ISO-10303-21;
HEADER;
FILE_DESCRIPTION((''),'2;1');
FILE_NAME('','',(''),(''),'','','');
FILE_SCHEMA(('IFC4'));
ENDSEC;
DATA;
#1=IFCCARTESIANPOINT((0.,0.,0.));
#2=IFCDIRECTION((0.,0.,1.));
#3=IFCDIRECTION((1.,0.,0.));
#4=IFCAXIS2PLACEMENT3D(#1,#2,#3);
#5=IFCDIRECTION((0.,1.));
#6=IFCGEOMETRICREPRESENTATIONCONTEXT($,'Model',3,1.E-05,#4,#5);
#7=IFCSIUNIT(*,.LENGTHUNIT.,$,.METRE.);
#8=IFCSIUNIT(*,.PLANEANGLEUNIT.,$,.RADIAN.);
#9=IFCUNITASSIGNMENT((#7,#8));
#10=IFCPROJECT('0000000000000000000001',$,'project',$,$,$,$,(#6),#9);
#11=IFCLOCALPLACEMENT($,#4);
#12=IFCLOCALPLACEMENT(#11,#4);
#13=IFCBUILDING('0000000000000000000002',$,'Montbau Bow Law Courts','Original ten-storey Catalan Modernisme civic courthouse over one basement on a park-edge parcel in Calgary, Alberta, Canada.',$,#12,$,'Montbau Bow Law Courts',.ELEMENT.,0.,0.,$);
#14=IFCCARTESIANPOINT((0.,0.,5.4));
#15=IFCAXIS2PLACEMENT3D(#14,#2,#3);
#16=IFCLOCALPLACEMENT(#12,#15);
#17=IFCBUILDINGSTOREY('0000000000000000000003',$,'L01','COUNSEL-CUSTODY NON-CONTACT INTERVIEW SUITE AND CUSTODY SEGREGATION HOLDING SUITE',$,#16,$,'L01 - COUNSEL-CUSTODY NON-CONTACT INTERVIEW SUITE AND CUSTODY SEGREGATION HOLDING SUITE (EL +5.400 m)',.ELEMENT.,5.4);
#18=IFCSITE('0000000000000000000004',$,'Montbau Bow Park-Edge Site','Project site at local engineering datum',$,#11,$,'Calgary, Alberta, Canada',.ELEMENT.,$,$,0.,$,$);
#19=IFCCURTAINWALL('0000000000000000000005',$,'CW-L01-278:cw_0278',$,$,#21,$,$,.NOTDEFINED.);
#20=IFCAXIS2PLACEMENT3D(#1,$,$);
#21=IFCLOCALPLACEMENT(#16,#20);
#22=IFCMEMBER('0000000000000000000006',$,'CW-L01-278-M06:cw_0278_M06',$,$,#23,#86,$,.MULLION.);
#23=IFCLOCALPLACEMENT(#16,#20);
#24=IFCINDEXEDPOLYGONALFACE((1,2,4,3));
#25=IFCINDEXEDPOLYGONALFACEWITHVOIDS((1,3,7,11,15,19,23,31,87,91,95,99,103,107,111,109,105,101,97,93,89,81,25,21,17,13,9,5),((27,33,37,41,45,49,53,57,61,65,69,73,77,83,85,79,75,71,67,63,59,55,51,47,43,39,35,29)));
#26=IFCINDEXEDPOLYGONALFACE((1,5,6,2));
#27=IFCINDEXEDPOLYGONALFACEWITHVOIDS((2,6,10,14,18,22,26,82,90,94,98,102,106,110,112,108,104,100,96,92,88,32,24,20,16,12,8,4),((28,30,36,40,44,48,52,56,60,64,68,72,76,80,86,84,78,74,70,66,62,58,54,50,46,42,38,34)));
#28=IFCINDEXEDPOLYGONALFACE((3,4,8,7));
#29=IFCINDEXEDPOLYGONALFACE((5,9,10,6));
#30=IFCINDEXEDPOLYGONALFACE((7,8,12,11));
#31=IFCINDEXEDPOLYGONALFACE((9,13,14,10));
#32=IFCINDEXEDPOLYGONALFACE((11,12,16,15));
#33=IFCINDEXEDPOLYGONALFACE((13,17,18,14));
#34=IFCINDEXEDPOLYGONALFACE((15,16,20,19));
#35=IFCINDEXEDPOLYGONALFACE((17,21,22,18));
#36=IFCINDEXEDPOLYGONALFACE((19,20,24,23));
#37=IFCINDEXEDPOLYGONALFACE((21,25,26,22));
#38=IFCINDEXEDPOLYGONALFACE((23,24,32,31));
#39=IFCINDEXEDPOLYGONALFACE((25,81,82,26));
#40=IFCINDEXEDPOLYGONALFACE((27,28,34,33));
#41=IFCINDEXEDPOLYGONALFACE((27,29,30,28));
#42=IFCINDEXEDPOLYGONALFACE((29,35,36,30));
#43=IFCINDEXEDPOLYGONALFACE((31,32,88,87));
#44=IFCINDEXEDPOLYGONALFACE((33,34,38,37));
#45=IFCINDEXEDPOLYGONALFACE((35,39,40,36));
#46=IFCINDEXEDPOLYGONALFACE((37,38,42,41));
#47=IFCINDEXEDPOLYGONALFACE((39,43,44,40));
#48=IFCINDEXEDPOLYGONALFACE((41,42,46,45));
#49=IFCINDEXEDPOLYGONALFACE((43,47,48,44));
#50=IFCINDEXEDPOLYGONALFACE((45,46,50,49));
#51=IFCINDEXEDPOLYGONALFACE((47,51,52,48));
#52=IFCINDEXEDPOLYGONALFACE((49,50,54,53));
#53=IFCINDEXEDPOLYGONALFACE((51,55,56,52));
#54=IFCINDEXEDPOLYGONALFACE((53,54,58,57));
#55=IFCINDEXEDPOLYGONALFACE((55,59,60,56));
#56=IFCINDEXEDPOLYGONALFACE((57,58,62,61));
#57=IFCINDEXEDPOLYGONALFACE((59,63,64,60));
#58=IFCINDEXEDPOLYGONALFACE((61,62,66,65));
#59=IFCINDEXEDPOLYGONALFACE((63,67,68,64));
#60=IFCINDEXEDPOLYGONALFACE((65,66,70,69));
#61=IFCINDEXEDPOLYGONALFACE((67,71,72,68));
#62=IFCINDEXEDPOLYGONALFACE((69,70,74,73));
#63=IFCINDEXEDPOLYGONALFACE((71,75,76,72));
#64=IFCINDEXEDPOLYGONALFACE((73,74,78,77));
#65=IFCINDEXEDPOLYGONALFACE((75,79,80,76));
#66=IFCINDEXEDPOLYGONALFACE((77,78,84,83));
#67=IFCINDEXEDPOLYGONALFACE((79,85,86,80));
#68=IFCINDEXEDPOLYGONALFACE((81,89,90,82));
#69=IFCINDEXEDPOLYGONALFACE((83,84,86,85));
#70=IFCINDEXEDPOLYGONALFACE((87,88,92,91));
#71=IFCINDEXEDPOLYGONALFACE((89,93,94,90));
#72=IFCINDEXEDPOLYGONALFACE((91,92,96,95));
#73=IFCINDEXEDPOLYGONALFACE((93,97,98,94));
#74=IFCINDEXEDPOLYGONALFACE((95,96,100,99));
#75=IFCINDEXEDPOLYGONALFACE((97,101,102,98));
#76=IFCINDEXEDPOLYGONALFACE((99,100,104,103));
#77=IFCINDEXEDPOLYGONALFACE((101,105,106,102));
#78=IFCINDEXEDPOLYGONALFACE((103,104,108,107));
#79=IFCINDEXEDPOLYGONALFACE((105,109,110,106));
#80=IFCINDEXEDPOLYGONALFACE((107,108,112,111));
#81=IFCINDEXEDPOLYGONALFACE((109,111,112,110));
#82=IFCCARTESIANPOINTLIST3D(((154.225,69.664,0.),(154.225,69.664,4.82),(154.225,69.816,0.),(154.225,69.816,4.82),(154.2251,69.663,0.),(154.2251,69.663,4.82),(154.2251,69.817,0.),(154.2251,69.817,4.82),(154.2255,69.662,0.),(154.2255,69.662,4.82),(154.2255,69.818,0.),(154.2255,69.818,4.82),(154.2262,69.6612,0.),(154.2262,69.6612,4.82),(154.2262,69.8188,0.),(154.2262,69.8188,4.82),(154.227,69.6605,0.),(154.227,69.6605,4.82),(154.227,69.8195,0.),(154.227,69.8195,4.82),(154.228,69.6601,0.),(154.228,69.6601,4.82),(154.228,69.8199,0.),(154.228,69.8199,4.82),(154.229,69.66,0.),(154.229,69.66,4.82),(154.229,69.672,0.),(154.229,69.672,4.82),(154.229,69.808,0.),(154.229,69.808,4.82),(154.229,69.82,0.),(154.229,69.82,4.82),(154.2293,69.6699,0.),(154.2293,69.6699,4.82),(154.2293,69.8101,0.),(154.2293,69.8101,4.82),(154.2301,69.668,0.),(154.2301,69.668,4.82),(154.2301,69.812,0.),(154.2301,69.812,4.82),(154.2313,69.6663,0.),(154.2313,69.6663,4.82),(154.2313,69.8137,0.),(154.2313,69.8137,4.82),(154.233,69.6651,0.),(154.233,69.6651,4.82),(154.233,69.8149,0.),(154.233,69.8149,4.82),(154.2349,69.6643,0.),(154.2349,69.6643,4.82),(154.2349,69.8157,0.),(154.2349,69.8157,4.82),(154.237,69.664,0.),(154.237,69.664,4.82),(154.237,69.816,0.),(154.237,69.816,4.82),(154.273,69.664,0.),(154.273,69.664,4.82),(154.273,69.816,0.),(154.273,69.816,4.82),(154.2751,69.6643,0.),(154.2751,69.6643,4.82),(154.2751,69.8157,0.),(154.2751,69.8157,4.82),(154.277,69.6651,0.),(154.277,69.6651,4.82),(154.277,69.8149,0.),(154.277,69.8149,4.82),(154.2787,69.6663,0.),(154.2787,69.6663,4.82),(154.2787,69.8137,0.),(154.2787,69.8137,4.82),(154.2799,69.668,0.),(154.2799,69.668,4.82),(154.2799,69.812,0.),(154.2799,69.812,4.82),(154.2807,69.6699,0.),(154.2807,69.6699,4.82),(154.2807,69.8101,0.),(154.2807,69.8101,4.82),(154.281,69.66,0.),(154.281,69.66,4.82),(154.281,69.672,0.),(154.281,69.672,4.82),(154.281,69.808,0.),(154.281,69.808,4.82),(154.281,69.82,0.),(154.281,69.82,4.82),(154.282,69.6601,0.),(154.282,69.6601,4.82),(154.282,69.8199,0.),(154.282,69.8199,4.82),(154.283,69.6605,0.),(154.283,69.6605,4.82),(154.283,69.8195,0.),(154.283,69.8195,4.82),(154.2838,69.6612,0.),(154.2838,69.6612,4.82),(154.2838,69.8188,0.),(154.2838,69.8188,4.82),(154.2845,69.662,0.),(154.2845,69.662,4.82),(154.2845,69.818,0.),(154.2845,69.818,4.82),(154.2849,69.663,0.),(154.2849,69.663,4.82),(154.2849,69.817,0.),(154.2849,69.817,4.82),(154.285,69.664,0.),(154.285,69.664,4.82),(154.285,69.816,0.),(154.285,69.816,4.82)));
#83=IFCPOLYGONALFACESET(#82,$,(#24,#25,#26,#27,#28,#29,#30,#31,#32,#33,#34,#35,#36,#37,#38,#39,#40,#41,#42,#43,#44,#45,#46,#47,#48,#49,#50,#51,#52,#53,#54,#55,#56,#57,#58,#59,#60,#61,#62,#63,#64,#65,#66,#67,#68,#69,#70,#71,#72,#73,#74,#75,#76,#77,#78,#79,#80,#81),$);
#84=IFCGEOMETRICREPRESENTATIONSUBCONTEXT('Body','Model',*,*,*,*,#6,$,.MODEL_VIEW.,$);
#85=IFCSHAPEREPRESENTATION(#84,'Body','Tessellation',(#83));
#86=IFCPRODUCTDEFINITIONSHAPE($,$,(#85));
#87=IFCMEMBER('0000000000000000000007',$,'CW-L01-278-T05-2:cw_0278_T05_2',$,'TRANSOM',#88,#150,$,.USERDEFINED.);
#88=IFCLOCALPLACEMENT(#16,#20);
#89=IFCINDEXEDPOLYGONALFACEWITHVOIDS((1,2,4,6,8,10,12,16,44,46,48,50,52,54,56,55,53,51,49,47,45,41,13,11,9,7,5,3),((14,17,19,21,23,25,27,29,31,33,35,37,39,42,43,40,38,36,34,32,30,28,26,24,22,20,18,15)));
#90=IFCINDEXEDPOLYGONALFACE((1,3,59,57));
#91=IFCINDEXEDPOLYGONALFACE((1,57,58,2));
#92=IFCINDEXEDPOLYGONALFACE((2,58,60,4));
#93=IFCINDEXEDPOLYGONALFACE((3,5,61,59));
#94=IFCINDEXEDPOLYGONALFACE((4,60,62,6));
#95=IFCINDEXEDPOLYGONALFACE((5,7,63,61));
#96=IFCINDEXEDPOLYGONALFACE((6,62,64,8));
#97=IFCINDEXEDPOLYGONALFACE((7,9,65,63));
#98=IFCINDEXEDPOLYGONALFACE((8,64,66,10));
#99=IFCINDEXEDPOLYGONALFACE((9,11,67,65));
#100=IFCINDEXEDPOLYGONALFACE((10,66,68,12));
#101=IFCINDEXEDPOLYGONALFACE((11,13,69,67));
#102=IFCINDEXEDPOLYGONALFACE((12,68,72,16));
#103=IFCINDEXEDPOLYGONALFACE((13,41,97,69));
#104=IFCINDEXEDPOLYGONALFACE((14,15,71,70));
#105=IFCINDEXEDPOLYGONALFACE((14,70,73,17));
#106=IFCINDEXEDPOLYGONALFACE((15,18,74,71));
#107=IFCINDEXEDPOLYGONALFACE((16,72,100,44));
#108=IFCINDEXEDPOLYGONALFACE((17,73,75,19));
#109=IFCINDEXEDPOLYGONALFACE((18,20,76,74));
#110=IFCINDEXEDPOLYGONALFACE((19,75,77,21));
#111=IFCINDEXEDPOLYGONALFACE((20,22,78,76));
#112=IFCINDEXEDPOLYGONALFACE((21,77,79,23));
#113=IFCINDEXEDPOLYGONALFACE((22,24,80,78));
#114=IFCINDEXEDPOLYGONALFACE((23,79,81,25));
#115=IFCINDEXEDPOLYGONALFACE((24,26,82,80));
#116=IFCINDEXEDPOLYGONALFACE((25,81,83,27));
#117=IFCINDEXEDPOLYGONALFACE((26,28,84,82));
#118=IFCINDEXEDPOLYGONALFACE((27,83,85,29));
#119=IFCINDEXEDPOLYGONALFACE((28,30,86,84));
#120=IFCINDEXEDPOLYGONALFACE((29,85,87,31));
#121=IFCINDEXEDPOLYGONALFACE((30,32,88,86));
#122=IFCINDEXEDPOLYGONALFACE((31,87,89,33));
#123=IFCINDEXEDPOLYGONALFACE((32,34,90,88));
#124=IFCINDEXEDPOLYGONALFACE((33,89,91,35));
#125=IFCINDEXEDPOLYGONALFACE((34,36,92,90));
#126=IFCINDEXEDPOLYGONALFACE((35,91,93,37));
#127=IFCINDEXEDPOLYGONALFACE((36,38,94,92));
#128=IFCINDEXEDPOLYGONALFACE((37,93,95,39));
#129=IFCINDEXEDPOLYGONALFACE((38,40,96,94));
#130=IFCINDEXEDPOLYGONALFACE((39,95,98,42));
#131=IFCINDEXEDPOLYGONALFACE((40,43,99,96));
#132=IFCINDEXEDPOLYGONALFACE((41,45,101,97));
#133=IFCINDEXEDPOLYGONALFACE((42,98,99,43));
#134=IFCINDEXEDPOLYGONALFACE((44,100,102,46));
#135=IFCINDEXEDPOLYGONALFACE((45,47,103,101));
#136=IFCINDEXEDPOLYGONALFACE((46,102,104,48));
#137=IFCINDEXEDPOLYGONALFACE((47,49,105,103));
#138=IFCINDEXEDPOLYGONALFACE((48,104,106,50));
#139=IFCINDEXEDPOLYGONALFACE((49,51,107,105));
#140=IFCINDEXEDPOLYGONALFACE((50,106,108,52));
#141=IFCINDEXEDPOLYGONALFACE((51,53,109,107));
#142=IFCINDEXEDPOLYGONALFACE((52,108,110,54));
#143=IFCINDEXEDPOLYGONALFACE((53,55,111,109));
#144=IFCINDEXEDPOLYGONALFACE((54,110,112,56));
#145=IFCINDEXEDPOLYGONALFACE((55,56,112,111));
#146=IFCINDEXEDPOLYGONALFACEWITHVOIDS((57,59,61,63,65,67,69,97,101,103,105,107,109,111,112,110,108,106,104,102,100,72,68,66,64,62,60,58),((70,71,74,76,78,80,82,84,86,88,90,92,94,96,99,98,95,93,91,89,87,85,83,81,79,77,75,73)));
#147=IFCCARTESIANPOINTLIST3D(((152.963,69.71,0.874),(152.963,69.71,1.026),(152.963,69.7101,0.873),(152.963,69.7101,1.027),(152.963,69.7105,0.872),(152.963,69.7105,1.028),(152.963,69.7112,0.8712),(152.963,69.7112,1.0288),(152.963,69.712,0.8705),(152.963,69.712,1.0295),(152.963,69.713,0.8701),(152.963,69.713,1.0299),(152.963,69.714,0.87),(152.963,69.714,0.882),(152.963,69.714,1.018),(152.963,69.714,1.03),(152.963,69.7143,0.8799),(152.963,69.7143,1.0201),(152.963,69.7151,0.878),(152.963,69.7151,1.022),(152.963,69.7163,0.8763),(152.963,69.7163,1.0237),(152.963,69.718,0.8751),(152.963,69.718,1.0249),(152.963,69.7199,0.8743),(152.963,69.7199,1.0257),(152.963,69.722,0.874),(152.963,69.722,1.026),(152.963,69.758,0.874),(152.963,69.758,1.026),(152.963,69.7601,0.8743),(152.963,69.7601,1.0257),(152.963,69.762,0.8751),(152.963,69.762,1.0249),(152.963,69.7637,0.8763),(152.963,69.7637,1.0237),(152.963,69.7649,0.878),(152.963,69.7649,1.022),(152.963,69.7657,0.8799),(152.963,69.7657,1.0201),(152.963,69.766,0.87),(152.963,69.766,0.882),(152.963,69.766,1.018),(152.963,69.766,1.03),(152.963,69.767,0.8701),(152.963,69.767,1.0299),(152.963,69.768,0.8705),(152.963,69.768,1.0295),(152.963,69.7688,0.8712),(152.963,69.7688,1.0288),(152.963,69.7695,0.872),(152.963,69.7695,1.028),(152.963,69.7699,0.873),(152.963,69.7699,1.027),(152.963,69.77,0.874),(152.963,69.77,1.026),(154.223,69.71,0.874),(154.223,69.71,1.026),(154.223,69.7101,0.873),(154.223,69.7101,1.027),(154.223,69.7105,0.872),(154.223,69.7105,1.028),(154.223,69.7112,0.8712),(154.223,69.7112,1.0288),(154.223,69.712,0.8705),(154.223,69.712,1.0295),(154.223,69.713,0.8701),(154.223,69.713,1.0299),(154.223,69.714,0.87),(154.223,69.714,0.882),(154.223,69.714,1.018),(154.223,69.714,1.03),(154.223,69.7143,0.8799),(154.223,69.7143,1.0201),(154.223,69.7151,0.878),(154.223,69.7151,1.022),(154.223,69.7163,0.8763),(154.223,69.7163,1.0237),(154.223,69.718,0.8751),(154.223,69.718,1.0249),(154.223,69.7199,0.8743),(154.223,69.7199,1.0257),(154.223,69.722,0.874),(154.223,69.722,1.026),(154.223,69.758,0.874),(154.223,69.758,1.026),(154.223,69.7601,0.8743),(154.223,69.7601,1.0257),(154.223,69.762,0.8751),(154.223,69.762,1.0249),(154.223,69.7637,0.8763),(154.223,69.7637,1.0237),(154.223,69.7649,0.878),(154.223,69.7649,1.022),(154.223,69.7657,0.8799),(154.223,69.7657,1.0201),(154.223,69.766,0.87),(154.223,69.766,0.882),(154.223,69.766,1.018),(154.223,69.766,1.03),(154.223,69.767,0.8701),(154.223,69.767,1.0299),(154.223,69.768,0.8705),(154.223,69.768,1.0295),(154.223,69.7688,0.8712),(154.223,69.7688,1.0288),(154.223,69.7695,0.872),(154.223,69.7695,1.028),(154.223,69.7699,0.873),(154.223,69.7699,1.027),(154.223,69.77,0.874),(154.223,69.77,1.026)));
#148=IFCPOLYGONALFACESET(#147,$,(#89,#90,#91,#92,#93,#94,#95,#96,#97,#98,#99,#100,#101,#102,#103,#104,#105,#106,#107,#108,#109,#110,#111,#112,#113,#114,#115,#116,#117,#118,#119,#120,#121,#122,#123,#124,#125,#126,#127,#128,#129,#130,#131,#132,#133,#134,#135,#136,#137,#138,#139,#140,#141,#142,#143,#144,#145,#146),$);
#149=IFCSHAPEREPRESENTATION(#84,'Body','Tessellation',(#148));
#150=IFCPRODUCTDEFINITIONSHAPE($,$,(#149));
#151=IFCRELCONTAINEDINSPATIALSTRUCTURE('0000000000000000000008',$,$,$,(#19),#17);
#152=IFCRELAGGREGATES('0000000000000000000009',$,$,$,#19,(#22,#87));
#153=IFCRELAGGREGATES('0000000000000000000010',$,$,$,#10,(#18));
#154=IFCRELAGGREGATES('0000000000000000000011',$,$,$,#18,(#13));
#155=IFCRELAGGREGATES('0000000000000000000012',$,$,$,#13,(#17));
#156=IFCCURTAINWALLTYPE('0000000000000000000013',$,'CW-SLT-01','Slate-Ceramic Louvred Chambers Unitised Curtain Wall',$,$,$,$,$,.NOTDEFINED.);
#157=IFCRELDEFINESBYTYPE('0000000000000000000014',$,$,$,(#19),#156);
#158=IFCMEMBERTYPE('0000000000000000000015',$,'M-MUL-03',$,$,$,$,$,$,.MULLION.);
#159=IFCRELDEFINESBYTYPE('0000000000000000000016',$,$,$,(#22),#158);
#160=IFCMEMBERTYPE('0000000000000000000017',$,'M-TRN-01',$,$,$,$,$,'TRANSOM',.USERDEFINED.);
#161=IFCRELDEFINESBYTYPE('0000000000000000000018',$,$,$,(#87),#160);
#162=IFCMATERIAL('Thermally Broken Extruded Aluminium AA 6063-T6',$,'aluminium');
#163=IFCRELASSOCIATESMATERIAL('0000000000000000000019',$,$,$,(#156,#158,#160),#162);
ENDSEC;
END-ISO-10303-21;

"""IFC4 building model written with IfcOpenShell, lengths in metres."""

from ifc_helpers import new_model, si_unit, direction, frame, origin_with_axes, origin_2d_with_axis, place, context, subcontext, project, spatial, hollow_rectangle, extrude, material, material_profile, profile_set, type_object, element, aggregate, save


model = new_model("IFC4")

# Units and contexts
model_context = context("Model", 3, precision=1e-05, world=origin_with_axes(), true_north=direction((0.0, 1.0)))
body_context = subcontext(model_context, "Body", "Model", "MODEL_VIEW")
ifc_project = project(units=[si_unit("LENGTHUNIT", "METRE"), si_unit("PLANEANGLEUNIT", "RADIAN")], contexts=[model_context])

# Site, building, storey
site_placement = place(None, origin_with_axes())
site = spatial("IfcSite", under=ifc_project, at=site_placement, Name="Montbau Bow Park-Edge Site", Description="Project site at local engineering datum", LongName="Calgary, Alberta, Canada", CompositionType="ELEMENT", RefElevation=0.0)
building_placement = place(site_placement, origin_with_axes())
building = spatial("IfcBuilding", under=site, at=building_placement, Name="Montbau Bow Law Courts", Description="Original ten-storey Catalan Modernisme civic courthouse over one basement on a park-edge parcel in Calgary, Alberta, Canada.", LongName="Montbau Bow Law Courts", CompositionType="ELEMENT", ElevationOfRefHeight=0.0, ElevationOfTerrain=0.0)
storey_placement = place(building_placement, frame((0.0, 0.0, 5.4), z_axis=(0.0, 0.0, 1.0), x_axis=(1.0, 0.0, 0.0)))
storey = spatial("IfcBuildingStorey", under=building, at=storey_placement, Name="L01", Description="COUNSEL-CUSTODY NON-CONTACT INTERVIEW SUITE AND CUSTODY SEGREGATION HOLDING SUITE", LongName="L01 - COUNSEL-CUSTODY NON-CONTACT INTERVIEW SUITE AND CUSTODY SEGREGATION HOLDING SUITE (EL +5.400 m)", CompositionType="ELEMENT", Elevation=5.4)

# Curtain wall, members
ifc_material_1 = material(Name="Thermally Broken Extruded Aluminium AA 6063-T6", Category="aluminium")
curtain_wall_type = type_object("IfcCurtainWallType", Name="CW-SLT-01", Description="Slate-Ceramic Louvred Chambers Unitised Curtain Wall", PredefinedType="NOTDEFINED", material=ifc_material_1)
curtain_wall_1_placement = place(None, frame((147.515, 69.74, 5.4), z_axis=(0.0, 0.0, 1.0), x_axis=(1.0, 0.0, 0.0)))
curtain_wall_1 = element("IfcCurtainWall", 1, at=curtain_wall_1_placement, inside=storey, type_object=curtain_wall_type, Name="CW-L01-278:cw_0278", PredefinedType="NOTDEFINED")
ifc_material_profile_1 = material_profile(ifc_material_1, hollow_rectangle(XDim=0.06, YDim=0.16, WallThickness=0.004, InnerFilletRadius=0.008, OuterFilletRadius=0.004, at=origin_2d_with_axis()), Name="CWM-160X60", Category="Main", Priority=0)
ifc_profile_set_1 = profile_set([ifc_material_profile_1], Name="Thermally Broken Extruded Aluminium AA 6063-T6")
member_type_1 = type_object("IfcMemberType", Name="M-MUL-03", PredefinedType="MULLION", material=ifc_profile_set_1)
member_1_placement = place(None, frame((154.255, 69.74, 5.4), z_axis=(0.0, 0.0, 1.0), x_axis=(1.0, 0.0, 0.0)))
member_1 = element("IfcMember", 2, at=member_1_placement, type_object=member_type_1, Name="CW-L01-278-M06:cw_0278_M06", PredefinedType="MULLION", context=body_context, shape_type="SweptSolid", body=[
    extrude(hollow_rectangle(XDim=0.06, YDim=0.16, WallThickness=0.004, InnerFilletRadius=0.008, OuterFilletRadius=0.004, at=origin_2d_with_axis()), origin_with_axes(), (0.0, 0.0, 1.0), 4.82),
])
ifc_material_profile_2 = material_profile(ifc_material_1, hollow_rectangle(XDim=0.06, YDim=0.16, WallThickness=0.004, InnerFilletRadius=0.008, OuterFilletRadius=0.004, at=origin_2d_with_axis()), Name="CWT-160X60", Category="Main", Priority=0)
ifc_profile_set_2 = profile_set([ifc_material_profile_2], Name="Thermally Broken Extruded Aluminium AA 6063-T6")
member_type_2 = type_object("IfcMemberType", Name="M-TRN-01", ElementType="TRANSOM", PredefinedType="USERDEFINED", material=ifc_profile_set_2)
member_2_placement = place(None, frame((152.963, 69.74, 6.35), z_axis=(1.0, 0.0, 0.0), x_axis=(0.0, 1.0, 0.0)))
member_2 = element("IfcMember", 3, at=member_2_placement, type_object=member_type_2, Name="CW-L01-278-T05-2:cw_0278_T05_2", ObjectType="TRANSOM", PredefinedType="USERDEFINED", context=body_context, shape_type="SweptSolid", body=[
    extrude(hollow_rectangle(XDim=0.06, YDim=0.16, WallThickness=0.004, InnerFilletRadius=0.008, OuterFilletRadius=0.004, at=origin_2d_with_axis()), origin_with_axes(), (0.0, 0.0, 1.0), 1.26),
])
aggregate(curtain_wall_1, [member_1, member_2])

save(model, "model.ifc")
